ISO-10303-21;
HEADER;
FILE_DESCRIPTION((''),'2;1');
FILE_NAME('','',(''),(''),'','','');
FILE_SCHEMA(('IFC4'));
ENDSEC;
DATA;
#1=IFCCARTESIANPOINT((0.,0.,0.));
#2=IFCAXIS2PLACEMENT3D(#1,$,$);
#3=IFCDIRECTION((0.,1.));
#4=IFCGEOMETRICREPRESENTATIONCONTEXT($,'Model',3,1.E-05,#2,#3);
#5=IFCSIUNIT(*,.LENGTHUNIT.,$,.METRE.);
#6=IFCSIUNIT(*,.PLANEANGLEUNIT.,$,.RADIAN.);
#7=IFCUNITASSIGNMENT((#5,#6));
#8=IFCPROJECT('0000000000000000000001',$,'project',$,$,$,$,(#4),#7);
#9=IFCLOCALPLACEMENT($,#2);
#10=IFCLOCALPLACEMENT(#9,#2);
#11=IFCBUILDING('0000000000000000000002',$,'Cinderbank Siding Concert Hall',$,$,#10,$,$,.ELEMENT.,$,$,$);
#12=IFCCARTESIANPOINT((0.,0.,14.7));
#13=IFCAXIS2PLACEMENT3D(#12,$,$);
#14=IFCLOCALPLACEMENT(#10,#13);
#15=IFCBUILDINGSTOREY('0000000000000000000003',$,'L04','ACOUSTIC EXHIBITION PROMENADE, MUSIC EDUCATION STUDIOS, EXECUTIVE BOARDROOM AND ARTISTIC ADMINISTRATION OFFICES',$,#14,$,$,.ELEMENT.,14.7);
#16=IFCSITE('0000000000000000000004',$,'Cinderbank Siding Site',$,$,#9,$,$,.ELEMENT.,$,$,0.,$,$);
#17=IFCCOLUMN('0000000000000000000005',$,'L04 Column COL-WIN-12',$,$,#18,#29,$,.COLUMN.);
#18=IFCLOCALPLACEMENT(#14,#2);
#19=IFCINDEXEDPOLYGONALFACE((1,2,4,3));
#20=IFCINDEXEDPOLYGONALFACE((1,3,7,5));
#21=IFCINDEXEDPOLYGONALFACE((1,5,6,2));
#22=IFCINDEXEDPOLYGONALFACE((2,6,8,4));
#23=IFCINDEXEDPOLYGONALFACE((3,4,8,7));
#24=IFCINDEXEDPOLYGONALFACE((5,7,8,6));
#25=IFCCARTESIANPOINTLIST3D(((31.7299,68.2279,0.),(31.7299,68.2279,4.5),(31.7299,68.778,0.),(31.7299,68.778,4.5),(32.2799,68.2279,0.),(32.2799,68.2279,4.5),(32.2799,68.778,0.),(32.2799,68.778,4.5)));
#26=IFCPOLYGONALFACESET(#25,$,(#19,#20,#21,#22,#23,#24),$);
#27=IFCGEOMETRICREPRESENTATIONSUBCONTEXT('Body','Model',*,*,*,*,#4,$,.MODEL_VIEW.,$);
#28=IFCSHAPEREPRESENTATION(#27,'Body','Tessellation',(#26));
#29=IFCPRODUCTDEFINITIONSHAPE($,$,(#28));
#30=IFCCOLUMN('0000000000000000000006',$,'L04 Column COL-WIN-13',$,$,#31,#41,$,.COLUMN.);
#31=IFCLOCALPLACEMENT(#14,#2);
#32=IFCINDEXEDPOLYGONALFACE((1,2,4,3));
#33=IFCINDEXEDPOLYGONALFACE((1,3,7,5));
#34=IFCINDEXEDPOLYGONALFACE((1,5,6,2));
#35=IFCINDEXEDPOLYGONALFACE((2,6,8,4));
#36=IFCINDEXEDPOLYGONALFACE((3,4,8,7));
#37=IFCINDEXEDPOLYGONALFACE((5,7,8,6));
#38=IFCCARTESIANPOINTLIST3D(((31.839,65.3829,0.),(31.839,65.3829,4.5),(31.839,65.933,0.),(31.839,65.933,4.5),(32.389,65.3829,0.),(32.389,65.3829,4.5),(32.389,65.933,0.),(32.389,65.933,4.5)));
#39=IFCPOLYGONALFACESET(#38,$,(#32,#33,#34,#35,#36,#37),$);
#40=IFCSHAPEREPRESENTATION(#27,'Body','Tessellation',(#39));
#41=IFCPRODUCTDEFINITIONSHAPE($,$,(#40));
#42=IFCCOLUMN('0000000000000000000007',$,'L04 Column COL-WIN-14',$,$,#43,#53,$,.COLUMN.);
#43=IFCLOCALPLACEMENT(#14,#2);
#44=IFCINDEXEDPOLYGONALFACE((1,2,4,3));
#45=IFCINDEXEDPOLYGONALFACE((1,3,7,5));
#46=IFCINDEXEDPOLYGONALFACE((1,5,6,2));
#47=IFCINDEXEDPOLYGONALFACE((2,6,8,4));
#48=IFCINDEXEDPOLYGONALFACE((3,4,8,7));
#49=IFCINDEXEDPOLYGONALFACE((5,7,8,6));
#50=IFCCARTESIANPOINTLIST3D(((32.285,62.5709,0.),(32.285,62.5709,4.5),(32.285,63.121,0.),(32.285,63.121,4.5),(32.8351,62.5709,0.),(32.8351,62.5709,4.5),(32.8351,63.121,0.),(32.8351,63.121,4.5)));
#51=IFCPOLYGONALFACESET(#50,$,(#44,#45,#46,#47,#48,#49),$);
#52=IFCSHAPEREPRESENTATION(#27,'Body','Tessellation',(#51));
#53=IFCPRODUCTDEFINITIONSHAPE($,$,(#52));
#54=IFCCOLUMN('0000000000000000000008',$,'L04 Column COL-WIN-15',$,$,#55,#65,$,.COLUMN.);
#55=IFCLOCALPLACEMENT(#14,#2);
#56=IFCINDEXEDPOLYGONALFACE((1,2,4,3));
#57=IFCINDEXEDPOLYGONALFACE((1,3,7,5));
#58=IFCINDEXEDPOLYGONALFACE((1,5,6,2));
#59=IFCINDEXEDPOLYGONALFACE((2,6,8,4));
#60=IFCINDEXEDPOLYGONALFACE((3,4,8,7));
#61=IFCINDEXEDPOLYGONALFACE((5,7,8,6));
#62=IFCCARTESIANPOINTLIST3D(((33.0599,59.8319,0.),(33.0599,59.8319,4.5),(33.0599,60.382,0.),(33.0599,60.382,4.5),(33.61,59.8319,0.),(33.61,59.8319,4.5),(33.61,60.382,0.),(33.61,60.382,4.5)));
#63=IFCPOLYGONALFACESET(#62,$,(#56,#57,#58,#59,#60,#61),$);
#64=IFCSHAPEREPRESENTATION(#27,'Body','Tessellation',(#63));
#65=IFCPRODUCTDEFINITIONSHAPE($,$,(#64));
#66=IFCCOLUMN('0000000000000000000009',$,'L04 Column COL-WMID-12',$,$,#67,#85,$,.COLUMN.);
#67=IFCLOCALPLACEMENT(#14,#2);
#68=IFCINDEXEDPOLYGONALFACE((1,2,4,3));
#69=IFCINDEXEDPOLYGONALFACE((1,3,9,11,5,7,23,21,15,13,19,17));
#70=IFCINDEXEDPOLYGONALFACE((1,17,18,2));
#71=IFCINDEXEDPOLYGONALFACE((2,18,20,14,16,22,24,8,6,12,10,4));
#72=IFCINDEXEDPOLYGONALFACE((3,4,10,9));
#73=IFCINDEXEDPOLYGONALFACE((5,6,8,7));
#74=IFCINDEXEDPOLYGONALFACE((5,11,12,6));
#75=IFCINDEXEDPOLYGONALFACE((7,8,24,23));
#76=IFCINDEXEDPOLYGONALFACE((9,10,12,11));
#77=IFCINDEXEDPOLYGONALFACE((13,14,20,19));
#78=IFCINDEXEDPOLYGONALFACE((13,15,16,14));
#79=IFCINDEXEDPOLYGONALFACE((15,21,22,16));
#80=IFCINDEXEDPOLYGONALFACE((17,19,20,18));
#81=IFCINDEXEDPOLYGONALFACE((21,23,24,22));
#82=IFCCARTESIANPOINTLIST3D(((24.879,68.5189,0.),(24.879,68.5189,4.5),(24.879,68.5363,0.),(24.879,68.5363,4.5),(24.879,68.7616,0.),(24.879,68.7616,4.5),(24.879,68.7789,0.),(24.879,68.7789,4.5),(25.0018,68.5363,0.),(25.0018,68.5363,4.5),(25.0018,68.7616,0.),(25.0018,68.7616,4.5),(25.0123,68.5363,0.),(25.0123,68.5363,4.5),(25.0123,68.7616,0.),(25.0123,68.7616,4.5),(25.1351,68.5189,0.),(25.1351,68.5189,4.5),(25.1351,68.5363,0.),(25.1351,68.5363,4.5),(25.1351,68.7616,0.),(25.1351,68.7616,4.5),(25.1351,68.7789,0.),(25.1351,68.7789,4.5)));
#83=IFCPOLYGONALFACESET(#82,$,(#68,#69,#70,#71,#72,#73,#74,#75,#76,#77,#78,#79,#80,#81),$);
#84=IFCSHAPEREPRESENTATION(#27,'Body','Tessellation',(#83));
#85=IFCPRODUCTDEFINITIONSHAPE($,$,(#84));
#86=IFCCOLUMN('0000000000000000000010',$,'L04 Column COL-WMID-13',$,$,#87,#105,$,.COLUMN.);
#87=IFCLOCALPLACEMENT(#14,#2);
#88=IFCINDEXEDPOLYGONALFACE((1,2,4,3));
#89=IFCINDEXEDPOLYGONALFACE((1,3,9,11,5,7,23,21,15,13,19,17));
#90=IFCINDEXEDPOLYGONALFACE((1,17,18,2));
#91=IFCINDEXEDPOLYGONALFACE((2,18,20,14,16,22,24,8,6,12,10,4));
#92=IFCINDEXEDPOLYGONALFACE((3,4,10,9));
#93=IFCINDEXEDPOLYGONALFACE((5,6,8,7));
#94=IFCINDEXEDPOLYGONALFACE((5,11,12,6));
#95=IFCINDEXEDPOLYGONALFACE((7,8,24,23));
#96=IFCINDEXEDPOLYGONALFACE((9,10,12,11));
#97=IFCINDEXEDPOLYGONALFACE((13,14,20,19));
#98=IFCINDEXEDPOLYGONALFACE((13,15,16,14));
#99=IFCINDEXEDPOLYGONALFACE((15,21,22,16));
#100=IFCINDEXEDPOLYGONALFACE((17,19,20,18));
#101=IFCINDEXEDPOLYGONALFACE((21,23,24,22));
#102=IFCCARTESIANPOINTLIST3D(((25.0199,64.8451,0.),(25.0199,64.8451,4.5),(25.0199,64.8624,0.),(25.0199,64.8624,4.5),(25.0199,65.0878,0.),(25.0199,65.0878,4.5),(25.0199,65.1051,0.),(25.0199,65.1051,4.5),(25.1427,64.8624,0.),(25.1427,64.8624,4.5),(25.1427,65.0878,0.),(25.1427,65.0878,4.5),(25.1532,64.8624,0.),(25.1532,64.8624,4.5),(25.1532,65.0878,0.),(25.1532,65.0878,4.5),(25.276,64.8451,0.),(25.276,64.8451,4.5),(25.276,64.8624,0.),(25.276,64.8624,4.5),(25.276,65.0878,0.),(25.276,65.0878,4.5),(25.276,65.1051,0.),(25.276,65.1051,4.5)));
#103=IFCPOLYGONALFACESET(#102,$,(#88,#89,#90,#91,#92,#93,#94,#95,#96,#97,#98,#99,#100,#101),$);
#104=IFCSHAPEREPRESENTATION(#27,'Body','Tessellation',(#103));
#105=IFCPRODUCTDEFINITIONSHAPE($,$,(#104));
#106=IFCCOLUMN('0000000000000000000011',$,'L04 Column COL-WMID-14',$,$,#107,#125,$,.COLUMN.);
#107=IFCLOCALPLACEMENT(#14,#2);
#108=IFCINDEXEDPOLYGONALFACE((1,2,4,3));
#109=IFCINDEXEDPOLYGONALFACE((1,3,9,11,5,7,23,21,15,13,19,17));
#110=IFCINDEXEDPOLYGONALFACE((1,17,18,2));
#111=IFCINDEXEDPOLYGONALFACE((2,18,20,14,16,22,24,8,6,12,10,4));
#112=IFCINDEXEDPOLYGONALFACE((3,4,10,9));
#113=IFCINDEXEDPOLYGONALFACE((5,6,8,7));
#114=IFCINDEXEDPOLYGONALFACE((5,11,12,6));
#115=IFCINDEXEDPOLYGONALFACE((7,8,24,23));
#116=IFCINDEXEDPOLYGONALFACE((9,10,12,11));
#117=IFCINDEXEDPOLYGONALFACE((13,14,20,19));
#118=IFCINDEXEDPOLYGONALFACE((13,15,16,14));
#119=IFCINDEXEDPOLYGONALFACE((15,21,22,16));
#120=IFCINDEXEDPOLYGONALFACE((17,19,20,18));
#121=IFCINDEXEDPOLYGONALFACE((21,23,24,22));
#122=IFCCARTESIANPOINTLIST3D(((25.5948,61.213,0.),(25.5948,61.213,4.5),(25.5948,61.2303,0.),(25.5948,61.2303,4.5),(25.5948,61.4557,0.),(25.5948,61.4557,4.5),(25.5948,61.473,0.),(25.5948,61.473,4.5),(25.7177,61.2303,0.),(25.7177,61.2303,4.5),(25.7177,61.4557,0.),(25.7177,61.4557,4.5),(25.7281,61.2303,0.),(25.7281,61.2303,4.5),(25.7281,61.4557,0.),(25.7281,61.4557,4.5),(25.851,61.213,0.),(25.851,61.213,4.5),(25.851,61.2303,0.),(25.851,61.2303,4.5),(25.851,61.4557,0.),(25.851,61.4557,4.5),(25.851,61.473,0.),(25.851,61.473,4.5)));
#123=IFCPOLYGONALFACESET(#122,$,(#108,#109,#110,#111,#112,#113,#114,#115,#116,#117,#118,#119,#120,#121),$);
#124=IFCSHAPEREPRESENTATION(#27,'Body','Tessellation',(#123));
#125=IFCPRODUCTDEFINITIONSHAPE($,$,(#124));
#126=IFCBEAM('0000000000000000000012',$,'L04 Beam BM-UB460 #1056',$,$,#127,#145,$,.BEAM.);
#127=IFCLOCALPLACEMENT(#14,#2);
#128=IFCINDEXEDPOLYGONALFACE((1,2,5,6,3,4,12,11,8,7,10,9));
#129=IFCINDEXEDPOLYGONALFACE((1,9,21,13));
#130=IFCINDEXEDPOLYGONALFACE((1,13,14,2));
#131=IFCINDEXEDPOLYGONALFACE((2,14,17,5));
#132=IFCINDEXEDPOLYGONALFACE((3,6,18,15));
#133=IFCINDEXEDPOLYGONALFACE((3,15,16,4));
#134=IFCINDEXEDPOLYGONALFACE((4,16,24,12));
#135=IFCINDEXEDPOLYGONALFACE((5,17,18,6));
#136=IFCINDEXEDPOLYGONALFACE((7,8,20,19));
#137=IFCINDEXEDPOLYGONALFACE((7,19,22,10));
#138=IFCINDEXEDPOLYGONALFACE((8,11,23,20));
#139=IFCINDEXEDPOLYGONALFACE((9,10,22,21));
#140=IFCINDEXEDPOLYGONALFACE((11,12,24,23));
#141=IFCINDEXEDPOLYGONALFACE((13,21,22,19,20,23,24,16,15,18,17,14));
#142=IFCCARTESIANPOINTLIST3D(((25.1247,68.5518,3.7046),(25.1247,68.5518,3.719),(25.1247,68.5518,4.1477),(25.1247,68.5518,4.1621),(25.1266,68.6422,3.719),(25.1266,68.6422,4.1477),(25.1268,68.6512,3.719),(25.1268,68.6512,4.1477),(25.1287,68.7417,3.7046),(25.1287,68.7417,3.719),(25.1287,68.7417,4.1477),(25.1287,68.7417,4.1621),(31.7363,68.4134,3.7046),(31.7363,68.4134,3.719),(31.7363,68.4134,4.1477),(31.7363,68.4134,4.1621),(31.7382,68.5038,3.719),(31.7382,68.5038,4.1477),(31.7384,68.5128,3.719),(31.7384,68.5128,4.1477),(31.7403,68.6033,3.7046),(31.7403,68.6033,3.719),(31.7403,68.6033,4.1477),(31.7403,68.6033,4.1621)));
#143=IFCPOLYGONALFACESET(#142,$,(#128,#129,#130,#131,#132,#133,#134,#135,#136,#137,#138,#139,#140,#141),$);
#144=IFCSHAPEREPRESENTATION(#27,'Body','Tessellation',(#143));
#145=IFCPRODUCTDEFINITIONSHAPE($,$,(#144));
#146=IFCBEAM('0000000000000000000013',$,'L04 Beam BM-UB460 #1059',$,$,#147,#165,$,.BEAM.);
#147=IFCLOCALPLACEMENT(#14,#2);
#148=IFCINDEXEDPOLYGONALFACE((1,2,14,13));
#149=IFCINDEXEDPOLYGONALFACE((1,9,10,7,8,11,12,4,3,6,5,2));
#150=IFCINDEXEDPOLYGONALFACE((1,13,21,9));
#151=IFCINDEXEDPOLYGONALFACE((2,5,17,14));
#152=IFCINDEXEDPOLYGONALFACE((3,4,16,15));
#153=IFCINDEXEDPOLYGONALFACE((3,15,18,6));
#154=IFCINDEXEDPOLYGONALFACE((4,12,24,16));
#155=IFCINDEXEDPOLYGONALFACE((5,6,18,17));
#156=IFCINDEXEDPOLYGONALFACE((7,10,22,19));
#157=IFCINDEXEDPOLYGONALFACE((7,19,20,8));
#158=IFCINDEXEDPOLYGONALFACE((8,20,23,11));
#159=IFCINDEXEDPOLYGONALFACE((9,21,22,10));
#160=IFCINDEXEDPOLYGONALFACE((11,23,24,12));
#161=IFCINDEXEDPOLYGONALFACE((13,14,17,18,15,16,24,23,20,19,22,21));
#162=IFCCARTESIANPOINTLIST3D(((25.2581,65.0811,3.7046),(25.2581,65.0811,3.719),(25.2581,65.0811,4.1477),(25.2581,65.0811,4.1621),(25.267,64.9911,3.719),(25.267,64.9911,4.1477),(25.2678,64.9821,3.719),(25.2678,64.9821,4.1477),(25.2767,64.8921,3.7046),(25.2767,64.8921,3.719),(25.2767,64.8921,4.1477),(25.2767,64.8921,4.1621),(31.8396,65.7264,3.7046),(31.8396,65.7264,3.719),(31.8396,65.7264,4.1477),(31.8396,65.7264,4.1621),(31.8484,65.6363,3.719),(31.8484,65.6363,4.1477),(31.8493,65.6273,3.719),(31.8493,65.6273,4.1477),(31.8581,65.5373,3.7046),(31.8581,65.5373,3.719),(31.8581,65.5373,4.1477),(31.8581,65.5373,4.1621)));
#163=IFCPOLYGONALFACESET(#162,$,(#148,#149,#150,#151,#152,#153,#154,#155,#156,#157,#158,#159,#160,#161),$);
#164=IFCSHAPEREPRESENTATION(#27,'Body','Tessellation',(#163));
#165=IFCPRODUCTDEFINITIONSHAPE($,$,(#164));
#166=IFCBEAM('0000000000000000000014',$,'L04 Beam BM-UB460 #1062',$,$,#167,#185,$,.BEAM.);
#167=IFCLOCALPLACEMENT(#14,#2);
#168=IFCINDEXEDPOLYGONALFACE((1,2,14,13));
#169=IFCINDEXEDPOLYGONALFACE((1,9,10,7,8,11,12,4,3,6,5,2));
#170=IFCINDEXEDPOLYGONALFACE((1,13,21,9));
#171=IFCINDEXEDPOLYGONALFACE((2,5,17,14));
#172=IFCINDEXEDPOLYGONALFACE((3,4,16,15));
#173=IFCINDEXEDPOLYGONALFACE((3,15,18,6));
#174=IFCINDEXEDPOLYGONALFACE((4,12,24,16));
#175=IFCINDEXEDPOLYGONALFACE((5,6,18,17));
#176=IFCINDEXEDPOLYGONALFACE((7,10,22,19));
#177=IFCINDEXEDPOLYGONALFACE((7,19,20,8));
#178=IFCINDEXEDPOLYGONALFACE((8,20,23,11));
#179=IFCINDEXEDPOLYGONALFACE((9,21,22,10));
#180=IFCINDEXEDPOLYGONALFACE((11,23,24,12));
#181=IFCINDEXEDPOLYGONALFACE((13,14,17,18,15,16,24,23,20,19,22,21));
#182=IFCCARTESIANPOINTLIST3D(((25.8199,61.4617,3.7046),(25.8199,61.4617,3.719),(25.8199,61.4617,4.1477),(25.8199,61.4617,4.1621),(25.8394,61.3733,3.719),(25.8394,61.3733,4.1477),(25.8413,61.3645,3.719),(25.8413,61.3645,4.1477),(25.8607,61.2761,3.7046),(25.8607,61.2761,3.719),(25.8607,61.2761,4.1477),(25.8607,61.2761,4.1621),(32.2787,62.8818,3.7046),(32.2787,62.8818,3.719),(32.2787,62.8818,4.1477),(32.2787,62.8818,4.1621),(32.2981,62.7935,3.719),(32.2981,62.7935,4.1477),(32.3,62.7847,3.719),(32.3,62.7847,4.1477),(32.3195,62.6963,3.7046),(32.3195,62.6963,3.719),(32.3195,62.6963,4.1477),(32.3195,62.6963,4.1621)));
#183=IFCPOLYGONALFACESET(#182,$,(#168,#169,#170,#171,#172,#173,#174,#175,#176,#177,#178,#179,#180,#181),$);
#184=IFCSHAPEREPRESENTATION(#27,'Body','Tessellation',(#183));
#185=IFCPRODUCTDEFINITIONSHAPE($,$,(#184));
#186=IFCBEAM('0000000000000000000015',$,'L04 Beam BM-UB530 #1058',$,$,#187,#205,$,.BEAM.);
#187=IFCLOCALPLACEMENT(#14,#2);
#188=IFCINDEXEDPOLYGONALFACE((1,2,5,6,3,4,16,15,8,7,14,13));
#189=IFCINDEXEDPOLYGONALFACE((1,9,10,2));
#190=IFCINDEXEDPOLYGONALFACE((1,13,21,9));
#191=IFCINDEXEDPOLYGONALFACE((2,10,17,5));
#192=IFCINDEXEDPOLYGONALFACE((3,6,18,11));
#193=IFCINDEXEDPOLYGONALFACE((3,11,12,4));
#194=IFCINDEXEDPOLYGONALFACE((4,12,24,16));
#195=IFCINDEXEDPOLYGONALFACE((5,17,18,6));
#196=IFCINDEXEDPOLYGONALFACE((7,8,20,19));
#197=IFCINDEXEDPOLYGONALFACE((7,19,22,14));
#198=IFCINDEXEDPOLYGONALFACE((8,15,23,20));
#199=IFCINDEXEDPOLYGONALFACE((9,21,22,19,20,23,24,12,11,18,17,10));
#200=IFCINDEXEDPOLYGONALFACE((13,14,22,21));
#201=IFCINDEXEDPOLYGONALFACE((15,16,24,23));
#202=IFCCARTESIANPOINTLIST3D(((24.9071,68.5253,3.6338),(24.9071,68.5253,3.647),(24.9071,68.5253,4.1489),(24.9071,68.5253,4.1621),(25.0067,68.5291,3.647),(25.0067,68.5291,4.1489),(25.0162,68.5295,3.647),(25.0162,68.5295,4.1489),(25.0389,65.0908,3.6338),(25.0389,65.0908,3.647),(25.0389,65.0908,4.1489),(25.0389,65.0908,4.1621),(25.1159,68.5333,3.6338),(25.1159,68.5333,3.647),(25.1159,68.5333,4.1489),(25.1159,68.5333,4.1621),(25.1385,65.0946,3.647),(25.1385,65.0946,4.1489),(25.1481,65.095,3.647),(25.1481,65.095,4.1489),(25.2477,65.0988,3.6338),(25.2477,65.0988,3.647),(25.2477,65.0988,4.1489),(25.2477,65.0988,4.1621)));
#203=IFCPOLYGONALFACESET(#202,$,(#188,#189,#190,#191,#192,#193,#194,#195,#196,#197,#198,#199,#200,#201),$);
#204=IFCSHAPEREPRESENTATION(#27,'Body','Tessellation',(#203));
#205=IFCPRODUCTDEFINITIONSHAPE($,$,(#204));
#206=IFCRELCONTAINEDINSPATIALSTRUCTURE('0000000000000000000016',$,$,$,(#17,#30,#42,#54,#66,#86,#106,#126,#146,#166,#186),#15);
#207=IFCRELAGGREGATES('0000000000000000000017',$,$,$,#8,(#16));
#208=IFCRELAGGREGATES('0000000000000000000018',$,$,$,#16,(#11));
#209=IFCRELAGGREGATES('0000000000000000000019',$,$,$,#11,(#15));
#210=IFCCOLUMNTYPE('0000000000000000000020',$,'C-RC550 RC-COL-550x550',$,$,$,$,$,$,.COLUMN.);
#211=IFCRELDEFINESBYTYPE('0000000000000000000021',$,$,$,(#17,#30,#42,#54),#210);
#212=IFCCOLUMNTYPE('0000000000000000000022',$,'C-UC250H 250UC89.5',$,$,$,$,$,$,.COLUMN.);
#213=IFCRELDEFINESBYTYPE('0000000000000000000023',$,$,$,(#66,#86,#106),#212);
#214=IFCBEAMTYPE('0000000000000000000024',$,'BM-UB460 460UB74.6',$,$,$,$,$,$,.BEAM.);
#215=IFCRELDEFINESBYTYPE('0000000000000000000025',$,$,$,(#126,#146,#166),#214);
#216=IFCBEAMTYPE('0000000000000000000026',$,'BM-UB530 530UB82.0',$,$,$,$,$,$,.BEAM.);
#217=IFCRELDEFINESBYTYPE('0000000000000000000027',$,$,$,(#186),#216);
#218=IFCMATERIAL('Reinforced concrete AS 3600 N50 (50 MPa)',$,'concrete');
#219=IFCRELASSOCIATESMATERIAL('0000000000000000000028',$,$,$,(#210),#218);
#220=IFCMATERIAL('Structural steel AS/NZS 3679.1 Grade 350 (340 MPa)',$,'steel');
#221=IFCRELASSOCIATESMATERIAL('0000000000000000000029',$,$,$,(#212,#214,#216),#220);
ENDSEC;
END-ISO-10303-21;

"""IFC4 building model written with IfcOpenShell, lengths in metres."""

from ifc_helpers import new_model, si_unit, direction, frame, origin, origin_2d, place, context, subcontext, project, spatial, rectangle, i_section, extrude, material, material_profile, profile_set, type_object, element, save


model = new_model("IFC4")

# Units and contexts
model_context = context("Model", 3, precision=1e-05, world=origin(), true_north=direction((0.0, 1.0)))
body_context = subcontext(model_context, "Body", "Model", "MODEL_VIEW")
ifc_project = project(units=[si_unit("LENGTHUNIT", "METRE"), si_unit("PLANEANGLEUNIT", "RADIAN")], contexts=[model_context])

# Site, building, storey
site_placement = place(None, origin())
site = spatial("IfcSite", under=ifc_project, at=site_placement, Name="Cinderbank Siding Site", CompositionType="ELEMENT", RefElevation=0.0)
building_placement = place(site_placement, origin())
building = spatial("IfcBuilding", under=site, at=building_placement, Name="Cinderbank Siding Concert Hall", CompositionType="ELEMENT")
storey_placement = place(building_placement, frame((0.0, 0.0, 14.7)))
storey = spatial("IfcBuildingStorey", under=building, at=storey_placement, Name="L04", Description="ACOUSTIC EXHIBITION PROMENADE, MUSIC EDUCATION STUDIOS, EXECUTIVE BOARDROOM AND ARTISTIC ADMINISTRATION OFFICES", CompositionType="ELEMENT", Elevation=14.7)

# Columns
ifc_material_1 = material(Name="Reinforced concrete AS 3600 N50 (50 MPa)", Category="concrete")
ifc_material_profile_1 = material_profile(ifc_material_1, rectangle(XDim=0.55, YDim=0.55, at=origin_2d()), Name="RC-COL-550x550", Category="LoadBearing")
ifc_profile_set_1 = profile_set([ifc_material_profile_1], Name="Reinforced concrete AS 3600 N50 (50 MPa)")
column_type_1 = type_object("IfcColumnType", Name="C-RC550 RC-COL-550x550", PredefinedType="COLUMN", material=ifc_profile_set_1)
for number, where, z_axis, x_axis, name in (
    (1, (32.0049, 68.5029, 0.0), (0.0, 0.0, 1.0), (1.0, 0.0, 0.0), "L04 Column COL-WIN-12"),
    (2, (32.114, 65.658, 0.0), (0.0, 0.0, 1.0), (1.0, 0.0, 0.0), "L04 Column COL-WIN-13"),
    (3, (32.5601, 62.8459, 0.0), (0.0, 0.0, 1.0), (1.0, 0.0, 0.0), "L04 Column COL-WIN-14"),
    (4, (33.335, 60.1069, 0.0), (0.0, 0.0, 1.0), (1.0, 0.0, 0.0), "L04 Column COL-WIN-15"),
):
    element("IfcColumn", number, at=place(storey_placement, frame(where, z_axis=z_axis, x_axis=x_axis)), inside=storey, type_object=column_type_1, Name=name, PredefinedType="COLUMN", context=body_context, shape_type="SweptSolid", body=[
        extrude(rectangle(XDim=0.55, YDim=0.55, at=origin_2d()), origin(), (0.0, 0.0, 1.0), 4.5),
    ])
ifc_material_2 = material(Name="Structural steel AS/NZS 3679.1 Grade 350 (340 MPa)", Category="steel")
ifc_material_profile_2 = material_profile(ifc_material_2, i_section(OverallWidth=0.2561, OverallDepth=0.26, WebThickness=0.0105, FlangeThickness=0.0173, at=origin_2d()), Name="250UC89.5", Category="LoadBearing")
ifc_profile_set_2 = profile_set([ifc_material_profile_2], Name="Structural steel AS/NZS 3679.1 Grade 350 (340 MPa)")
column_type_2 = type_object("IfcColumnType", Name="C-UC250H 250UC89.5", PredefinedType="COLUMN", material=ifc_profile_set_2)
for number, where, z_axis, x_axis, name in (
    (5, (25.0071, 68.6489, 0.0), (0.0, 0.0, 1.0), (1.0, 0.0, 0.0), "L04 Column COL-WMID-12"),
    (6, (25.1479, 64.9751, 0.0), (0.0, 0.0, 1.0), (1.0, 0.0, 0.0), "L04 Column COL-WMID-13"),
    (7, (25.7229, 61.343, 0.0), (0.0, 0.0, 1.0), (1.0, 0.0, 0.0), "L04 Column COL-WMID-14"),
):
    element("IfcColumn", number, at=place(storey_placement, frame(where, z_axis=z_axis, x_axis=x_axis)), inside=storey, type_object=column_type_2, Name=name, PredefinedType="COLUMN", context=body_context, shape_type="SweptSolid", body=[
        extrude(i_section(OverallWidth=0.2561, OverallDepth=0.26, WebThickness=0.0105, FlangeThickness=0.0173, at=origin_2d()), origin(), (0.0, 0.0, 1.0), 4.5),
    ])

# Beams
ifc_material_profile_3 = material_profile(ifc_material_2, i_section(OverallWidth=0.1899, OverallDepth=0.4575, WebThickness=0.009, FlangeThickness=0.0144, at=origin_2d()), Name="460UB74.6", Category="LoadBearing")
ifc_profile_set_3 = profile_set([ifc_material_profile_3], Name="Structural steel AS/NZS 3679.1 Grade 350 (340 MPa)")
beam_type_1 = type_object("IfcBeamType", Name="BM-UB460 460UB74.6", PredefinedType="BEAM", material=ifc_profile_set_3)
for number, where, z_axis, x_axis, name in (
    (8, (31.7383, 68.5083, 3.9333), (-0.999781, 0.020933, 0.0), (-0.020933, -0.999781, 0.0), "L04 Beam BM-UB460 #1056"),
    (9, (31.8489, 65.6318, 3.9333), (-0.995228, -0.097574, 0.0), (0.097574, -0.995228, 0.0), "L04 Beam BM-UB460 #1059"),
    (10, (32.2991, 62.7891, 3.9333), (-0.976668, -0.214753, 0.0), (0.214753, -0.976668, 0.0), "L04 Beam BM-UB460 #1062"),
):
    element("IfcBeam", number, at=place(storey_placement, frame(where, z_axis=z_axis, x_axis=x_axis)), inside=storey, type_object=beam_type_1, Name=name, PredefinedType="BEAM", context=body_context, shape_type="SweptSolid", body=[
        extrude(i_section(OverallWidth=0.1899, OverallDepth=0.4575, WebThickness=0.009, FlangeThickness=0.0144, at=origin_2d()), origin(), (0.0, 0.0, 1.0), 6.613),
    ])
ifc_material_profile_4 = material_profile(ifc_material_2, i_section(OverallWidth=0.209, OverallDepth=0.5283, WebThickness=0.0095, FlangeThickness=0.0132, at=origin_2d()), Name="530UB82.0", Category="LoadBearing")
ifc_profile_set_4 = profile_set([ifc_material_profile_4], Name="Structural steel AS/NZS 3679.1 Grade 350 (340 MPa)")
beam_type_2 = type_object("IfcBeamType", Name="BM-UB530 530UB82.0", PredefinedType="BEAM", material=ifc_profile_set_4)
for number, where, z_axis, x_axis, name in (
    (11, (25.0115, 68.5293, 3.8979), (0.038357, -0.999264, 0.0), (0.999264, 0.038357, 0.0), "L04 Beam BM-UB530 #1058"),
):
    element("IfcBeam", number, at=place(storey_placement, frame(where, z_axis=z_axis, x_axis=x_axis)), inside=storey, type_object=beam_type_2, Name=name, PredefinedType="BEAM", context=body_context, shape_type="SweptSolid", body=[
        extrude(i_section(OverallWidth=0.209, OverallDepth=0.5283, WebThickness=0.0095, FlangeThickness=0.0132, at=origin_2d()), origin(), (0.0, 0.0, 1.0), 3.437),
    ])

save(model, "model.ifc")
